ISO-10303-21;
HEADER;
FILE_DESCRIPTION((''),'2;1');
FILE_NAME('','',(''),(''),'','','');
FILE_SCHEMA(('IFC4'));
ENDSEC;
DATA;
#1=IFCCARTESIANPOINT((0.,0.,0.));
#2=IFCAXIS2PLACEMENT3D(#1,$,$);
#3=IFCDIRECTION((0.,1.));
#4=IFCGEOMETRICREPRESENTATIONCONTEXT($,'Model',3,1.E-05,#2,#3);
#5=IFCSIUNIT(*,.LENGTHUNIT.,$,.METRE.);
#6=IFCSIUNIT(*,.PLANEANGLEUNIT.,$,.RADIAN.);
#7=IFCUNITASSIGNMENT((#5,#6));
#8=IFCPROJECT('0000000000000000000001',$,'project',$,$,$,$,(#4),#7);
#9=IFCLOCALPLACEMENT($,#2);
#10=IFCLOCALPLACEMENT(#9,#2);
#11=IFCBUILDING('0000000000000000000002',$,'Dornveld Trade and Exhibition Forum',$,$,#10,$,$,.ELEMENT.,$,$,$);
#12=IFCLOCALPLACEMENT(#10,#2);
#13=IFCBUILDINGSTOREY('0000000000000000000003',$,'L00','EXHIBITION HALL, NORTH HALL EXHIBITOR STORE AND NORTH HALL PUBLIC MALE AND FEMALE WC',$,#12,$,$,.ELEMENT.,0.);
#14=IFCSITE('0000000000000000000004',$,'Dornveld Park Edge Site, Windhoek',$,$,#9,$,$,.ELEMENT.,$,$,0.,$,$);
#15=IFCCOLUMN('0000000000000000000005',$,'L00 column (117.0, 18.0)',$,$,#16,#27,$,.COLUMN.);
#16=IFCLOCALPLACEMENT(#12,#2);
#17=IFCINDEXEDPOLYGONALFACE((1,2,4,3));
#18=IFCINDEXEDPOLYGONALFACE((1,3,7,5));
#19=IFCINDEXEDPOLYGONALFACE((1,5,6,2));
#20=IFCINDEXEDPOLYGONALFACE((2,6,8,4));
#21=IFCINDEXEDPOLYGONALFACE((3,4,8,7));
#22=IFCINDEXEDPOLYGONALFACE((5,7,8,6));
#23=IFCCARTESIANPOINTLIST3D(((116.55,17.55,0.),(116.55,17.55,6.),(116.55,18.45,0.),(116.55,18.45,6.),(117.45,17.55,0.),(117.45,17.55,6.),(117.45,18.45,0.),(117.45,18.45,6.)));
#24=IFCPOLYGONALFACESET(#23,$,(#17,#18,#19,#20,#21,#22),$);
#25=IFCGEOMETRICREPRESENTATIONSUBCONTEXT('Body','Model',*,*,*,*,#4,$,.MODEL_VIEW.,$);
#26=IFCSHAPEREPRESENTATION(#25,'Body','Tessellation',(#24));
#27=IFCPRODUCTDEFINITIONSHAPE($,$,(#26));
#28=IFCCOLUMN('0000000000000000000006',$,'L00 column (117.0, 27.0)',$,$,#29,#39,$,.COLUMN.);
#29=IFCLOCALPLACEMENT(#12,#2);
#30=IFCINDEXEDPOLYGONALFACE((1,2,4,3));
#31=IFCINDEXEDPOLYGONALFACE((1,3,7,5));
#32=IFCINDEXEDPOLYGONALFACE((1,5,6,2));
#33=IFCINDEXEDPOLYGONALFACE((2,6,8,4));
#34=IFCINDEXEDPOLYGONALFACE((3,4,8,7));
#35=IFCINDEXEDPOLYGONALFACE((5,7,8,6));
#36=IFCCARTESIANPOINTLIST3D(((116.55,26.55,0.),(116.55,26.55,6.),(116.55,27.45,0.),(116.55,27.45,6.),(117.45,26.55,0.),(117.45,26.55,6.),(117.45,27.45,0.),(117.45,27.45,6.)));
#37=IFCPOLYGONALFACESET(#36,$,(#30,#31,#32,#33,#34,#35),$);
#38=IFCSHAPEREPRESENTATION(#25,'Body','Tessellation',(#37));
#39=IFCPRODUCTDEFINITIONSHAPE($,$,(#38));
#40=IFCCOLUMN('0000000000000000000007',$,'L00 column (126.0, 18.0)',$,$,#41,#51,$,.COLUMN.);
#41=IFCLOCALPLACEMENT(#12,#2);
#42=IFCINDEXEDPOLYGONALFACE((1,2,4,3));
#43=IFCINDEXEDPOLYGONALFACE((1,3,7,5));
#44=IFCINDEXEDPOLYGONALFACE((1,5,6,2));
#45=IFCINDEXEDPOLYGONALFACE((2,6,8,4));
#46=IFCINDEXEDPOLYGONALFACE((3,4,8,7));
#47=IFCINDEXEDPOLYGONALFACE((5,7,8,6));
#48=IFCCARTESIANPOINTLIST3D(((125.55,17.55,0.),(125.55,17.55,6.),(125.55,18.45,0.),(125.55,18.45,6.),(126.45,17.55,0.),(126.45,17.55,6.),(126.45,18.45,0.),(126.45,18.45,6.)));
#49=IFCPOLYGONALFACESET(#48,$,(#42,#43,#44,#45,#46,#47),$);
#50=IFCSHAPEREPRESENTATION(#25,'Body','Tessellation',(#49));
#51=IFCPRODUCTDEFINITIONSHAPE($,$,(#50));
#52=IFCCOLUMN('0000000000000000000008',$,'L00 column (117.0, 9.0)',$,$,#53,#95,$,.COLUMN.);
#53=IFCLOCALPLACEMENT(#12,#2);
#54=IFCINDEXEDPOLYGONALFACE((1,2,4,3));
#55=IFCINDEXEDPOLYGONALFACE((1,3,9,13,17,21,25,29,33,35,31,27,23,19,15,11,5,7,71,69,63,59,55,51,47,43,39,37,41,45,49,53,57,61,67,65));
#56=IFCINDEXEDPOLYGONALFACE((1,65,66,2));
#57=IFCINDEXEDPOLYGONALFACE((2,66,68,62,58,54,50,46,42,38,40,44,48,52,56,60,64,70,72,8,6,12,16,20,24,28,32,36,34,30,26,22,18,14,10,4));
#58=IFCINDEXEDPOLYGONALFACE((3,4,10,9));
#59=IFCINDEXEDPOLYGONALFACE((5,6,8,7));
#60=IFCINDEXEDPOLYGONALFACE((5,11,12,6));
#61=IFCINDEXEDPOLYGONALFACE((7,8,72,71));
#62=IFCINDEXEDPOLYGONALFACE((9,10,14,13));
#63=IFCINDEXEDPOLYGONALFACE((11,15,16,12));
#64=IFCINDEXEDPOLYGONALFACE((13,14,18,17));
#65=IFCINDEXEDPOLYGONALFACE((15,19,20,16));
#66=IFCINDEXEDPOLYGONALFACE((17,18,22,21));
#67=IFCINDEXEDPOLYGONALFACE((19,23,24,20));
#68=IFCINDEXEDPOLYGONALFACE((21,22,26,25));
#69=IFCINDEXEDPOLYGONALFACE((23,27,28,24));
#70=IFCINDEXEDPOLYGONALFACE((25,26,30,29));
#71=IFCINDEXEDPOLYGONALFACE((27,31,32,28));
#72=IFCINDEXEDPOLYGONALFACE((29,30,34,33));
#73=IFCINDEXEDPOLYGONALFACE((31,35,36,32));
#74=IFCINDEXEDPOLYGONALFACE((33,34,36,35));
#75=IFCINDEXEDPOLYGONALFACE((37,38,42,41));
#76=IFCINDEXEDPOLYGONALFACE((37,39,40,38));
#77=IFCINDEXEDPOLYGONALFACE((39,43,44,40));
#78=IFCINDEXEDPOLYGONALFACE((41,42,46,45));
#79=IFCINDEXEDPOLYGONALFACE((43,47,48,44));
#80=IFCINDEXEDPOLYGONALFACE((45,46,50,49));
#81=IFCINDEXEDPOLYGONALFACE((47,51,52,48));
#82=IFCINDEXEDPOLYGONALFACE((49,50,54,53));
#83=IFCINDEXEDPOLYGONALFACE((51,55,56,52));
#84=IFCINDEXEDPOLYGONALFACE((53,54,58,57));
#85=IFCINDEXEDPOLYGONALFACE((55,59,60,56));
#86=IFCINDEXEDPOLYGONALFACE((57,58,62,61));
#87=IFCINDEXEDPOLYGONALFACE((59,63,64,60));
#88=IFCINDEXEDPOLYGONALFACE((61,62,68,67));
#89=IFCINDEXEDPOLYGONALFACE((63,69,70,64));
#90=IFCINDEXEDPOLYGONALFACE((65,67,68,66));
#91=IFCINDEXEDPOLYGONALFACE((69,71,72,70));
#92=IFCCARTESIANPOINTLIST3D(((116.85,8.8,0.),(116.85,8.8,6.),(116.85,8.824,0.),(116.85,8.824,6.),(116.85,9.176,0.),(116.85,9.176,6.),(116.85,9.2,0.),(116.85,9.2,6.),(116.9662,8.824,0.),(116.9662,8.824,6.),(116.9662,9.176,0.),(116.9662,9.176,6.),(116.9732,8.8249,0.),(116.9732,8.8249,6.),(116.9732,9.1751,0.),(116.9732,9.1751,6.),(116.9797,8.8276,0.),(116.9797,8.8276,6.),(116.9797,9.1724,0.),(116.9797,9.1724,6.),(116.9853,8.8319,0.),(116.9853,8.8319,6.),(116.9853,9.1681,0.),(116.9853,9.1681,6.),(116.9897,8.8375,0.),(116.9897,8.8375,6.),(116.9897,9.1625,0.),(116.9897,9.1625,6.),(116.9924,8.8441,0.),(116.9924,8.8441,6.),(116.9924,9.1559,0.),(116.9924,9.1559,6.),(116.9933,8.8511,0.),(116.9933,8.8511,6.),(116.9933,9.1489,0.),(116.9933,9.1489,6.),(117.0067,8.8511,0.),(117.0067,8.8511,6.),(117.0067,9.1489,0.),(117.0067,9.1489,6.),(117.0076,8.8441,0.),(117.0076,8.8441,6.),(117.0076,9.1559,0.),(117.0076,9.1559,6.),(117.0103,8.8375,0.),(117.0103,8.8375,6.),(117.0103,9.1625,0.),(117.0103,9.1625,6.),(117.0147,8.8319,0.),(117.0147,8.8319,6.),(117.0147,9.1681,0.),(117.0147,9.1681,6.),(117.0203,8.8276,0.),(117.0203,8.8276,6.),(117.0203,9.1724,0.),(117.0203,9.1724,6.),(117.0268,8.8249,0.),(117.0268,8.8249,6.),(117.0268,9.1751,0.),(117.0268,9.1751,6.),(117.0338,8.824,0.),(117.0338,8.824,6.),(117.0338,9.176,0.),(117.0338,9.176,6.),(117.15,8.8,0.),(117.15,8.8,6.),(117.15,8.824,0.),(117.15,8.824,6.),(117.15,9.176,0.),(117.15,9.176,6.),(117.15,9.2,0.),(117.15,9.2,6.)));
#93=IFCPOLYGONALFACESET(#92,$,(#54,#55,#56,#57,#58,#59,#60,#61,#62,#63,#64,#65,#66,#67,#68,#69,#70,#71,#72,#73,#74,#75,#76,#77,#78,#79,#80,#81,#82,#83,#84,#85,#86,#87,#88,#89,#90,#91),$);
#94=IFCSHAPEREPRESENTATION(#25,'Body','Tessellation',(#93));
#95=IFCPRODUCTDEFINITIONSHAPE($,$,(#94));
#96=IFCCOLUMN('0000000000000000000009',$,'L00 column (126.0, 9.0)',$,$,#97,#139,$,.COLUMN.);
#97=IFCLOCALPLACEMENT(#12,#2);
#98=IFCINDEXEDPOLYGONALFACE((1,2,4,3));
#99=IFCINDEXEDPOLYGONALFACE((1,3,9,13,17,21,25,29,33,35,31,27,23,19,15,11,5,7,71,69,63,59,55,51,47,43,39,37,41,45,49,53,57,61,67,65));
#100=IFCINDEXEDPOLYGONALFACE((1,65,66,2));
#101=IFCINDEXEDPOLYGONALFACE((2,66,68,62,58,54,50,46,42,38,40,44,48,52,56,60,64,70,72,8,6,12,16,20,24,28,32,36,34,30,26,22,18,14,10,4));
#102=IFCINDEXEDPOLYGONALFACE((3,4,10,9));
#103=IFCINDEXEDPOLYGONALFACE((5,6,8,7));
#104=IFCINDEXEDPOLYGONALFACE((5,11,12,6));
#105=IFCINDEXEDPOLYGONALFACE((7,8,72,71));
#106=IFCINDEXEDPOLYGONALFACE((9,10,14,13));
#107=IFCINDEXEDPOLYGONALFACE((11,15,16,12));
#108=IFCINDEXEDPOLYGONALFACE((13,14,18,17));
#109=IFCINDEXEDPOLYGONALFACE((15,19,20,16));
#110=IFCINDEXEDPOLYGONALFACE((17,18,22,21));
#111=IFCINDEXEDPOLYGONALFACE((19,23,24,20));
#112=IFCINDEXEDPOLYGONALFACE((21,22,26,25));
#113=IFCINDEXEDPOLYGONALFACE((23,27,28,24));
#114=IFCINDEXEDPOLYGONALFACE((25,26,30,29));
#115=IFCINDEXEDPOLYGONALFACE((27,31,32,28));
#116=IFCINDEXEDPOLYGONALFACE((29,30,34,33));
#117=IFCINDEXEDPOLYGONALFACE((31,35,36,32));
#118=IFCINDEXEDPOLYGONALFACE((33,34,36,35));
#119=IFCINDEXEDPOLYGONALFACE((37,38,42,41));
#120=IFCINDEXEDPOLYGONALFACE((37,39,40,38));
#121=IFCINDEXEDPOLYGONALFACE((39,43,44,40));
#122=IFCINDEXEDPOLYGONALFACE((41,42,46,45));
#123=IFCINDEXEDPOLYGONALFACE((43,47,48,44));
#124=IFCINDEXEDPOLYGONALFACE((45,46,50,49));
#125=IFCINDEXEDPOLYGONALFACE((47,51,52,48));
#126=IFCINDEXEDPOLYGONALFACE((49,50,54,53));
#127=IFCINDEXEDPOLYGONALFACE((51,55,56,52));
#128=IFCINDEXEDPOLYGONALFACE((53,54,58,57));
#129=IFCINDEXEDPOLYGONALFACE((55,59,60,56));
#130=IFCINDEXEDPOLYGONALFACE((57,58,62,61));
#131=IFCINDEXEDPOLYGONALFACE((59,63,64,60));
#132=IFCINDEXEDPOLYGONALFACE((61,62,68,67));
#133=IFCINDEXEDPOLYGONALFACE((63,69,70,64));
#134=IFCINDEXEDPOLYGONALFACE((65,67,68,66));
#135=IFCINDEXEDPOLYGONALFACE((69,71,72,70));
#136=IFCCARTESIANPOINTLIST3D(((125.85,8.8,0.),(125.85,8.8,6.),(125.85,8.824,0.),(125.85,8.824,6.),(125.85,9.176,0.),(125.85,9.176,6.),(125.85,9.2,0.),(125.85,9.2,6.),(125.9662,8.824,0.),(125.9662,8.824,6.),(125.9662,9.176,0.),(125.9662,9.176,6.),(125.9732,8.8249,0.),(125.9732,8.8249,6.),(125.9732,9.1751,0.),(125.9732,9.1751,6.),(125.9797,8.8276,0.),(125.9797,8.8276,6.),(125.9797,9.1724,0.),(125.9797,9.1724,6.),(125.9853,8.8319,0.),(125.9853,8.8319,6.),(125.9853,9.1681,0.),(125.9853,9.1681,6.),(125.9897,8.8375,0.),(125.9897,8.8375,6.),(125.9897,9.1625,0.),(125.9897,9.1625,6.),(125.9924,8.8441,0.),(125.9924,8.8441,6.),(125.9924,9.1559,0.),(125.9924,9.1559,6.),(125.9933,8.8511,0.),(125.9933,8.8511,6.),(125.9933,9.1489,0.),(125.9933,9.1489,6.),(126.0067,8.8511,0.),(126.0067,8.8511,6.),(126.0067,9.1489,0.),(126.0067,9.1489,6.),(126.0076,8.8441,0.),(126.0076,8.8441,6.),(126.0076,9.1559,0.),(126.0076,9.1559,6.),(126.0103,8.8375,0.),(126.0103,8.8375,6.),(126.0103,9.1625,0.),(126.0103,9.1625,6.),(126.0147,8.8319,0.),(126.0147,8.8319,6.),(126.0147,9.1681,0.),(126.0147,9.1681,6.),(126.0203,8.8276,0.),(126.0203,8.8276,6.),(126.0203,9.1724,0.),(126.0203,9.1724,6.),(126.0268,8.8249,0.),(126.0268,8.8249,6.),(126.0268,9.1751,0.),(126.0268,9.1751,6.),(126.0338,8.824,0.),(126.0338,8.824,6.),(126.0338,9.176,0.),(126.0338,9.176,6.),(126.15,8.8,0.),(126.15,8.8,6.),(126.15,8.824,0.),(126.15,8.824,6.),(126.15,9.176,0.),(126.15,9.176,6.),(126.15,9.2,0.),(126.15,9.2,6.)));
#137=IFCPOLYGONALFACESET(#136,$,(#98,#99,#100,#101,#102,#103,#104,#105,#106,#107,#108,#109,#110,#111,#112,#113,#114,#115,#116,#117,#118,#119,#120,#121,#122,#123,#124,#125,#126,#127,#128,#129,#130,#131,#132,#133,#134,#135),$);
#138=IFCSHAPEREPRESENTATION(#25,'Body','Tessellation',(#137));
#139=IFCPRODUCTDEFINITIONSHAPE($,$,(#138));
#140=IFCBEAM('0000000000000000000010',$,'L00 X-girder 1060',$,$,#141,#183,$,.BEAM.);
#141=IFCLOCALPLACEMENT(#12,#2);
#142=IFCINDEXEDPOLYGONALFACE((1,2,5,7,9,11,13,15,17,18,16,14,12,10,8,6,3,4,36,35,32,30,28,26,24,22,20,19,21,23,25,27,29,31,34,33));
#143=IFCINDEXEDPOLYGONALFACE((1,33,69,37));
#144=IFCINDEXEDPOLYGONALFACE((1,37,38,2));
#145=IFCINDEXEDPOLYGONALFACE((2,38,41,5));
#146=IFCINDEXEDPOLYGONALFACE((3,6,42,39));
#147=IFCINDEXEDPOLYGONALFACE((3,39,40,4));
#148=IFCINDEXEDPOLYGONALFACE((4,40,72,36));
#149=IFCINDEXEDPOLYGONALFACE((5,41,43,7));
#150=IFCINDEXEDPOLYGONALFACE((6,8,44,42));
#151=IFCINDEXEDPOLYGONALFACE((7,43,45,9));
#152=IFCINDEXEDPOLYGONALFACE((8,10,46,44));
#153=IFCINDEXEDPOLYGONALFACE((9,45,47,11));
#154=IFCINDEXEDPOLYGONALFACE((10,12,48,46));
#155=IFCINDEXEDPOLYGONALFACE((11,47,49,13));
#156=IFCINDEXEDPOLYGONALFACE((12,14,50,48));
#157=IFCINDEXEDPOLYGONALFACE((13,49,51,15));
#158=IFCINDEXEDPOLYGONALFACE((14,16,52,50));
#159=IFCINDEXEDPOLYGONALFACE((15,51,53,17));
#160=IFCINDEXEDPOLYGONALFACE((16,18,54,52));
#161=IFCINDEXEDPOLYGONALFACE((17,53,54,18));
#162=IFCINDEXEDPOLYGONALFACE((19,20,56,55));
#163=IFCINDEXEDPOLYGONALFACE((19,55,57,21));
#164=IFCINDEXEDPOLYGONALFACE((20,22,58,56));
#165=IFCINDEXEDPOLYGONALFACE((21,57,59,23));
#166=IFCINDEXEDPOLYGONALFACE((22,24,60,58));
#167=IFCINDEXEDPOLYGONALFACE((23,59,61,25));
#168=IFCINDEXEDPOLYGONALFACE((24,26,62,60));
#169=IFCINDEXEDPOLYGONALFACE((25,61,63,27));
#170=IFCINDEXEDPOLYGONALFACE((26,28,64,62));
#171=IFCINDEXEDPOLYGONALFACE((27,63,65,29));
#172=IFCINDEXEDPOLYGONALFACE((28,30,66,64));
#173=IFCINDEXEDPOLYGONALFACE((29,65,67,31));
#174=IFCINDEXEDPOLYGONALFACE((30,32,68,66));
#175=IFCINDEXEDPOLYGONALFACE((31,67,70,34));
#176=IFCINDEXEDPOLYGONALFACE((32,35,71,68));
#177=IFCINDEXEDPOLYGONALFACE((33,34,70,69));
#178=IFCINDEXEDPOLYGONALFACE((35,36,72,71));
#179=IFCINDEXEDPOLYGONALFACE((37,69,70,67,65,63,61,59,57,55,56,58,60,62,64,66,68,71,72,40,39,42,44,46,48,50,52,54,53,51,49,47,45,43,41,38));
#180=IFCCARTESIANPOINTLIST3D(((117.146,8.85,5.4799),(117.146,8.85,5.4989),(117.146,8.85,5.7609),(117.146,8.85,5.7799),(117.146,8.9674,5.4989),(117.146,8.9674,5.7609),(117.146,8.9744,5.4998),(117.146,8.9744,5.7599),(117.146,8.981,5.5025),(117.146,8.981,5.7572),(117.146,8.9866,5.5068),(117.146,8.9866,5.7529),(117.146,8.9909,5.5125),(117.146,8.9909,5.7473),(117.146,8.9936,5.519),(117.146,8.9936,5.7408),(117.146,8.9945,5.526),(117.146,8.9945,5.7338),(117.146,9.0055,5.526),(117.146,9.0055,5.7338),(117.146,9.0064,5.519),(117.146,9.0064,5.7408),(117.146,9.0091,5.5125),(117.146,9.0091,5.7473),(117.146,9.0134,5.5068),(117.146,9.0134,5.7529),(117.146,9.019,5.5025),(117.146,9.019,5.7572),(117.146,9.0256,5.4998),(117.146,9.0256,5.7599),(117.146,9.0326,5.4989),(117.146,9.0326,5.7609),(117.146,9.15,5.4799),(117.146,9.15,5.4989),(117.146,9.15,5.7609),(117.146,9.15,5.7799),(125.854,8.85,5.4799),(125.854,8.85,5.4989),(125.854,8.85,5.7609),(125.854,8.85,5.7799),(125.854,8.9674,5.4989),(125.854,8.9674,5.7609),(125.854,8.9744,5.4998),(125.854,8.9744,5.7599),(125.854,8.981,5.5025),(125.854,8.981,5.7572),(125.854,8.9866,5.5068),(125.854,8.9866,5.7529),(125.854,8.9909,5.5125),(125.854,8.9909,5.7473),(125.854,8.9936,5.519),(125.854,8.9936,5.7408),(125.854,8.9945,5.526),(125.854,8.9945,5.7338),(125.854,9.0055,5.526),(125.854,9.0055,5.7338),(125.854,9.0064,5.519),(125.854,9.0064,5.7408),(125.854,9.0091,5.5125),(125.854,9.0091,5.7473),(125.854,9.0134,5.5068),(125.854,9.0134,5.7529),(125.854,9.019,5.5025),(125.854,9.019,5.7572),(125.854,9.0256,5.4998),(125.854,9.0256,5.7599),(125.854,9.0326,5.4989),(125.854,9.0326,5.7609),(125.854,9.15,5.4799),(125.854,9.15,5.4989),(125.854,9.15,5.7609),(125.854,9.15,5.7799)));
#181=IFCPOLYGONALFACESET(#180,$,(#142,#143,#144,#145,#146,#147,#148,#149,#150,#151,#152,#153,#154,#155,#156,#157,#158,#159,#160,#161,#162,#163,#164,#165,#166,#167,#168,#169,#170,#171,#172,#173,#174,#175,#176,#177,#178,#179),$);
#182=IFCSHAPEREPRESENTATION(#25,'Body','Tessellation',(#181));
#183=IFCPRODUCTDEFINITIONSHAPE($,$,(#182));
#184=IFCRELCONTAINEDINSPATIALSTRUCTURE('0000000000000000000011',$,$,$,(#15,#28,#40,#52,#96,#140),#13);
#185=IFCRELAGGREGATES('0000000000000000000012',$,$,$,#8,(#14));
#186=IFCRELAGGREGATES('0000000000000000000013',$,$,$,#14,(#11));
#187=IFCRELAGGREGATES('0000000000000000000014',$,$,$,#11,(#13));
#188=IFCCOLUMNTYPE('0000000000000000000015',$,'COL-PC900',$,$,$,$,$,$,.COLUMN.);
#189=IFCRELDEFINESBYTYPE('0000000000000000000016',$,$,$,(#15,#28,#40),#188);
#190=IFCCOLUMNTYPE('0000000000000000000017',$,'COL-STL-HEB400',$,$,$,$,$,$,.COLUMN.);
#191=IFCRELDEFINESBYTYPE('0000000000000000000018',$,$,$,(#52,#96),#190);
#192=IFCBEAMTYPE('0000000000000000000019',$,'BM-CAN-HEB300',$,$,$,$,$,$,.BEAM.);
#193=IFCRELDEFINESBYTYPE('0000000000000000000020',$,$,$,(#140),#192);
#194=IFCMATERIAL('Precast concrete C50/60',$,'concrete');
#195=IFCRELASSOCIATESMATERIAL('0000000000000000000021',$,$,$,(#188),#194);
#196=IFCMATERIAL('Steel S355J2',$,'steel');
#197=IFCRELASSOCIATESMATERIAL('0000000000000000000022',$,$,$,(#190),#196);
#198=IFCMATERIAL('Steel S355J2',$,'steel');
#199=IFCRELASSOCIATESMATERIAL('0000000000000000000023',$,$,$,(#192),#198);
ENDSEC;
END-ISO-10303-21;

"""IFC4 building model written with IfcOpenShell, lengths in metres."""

from ifc_helpers import new_model, si_unit, direction, frame, origin, origin_2d, place, context, subcontext, project, spatial, rectangle, i_section, extrude, material, material_profile, profile_set, type_object, element, save


model = new_model("IFC4")

# Units and contexts
model_context = context("Model", 3, precision=1e-05, world=origin(), true_north=direction((0.0, 1.0)))
body_context = subcontext(model_context, "Body", "Model", "MODEL_VIEW")
ifc_project = project(units=[si_unit("LENGTHUNIT", "METRE"), si_unit("PLANEANGLEUNIT", "RADIAN")], contexts=[model_context])

# Site, building, storey
site_placement = place(None, origin())
site = spatial("IfcSite", under=ifc_project, at=site_placement, Name="Dornveld Park Edge Site, Windhoek", CompositionType="ELEMENT", RefElevation=0.0)
building_placement = place(site_placement, origin())
building = spatial("IfcBuilding", under=site, at=building_placement, Name="Dornveld Trade and Exhibition Forum", CompositionType="ELEMENT")
storey_placement = place(building_placement, origin())
storey = spatial("IfcBuildingStorey", under=building, at=storey_placement, Name="L00", Description="EXHIBITION HALL, NORTH HALL EXHIBITOR STORE AND NORTH HALL PUBLIC MALE AND FEMALE WC", CompositionType="ELEMENT", Elevation=0.0)

# Columns
ifc_material_1 = material(Name="Precast concrete C50/60", Category="concrete")
ifc_material_profile_1 = material_profile(ifc_material_1, rectangle(XDim=0.8999, YDim=0.8999, at=origin_2d()), Name="PC-COL 900x900")
ifc_profile_set_1 = profile_set([ifc_material_profile_1], Name="Precast concrete C50/60")
column_type_1 = type_object("IfcColumnType", Name="COL-PC900", PredefinedType="COLUMN", material=ifc_profile_set_1)
for number, where, z_axis, x_axis, name in (
    (1, (117.0, 18.0, 0.0), (0.0, 0.0, 1.0), (1.0, 0.0, 0.0), "L00 column (117.0, 18.0)"),
    (2, (117.0, 27.0, 0.0), (0.0, 0.0, 1.0), (1.0, 0.0, 0.0), "L00 column (117.0, 27.0)"),
    (3, (126.0, 18.0, 0.0), (0.0, 0.0, 1.0), (1.0, 0.0, 0.0), "L00 column (126.0, 18.0)"),
):
    element("IfcColumn", number, at=place(storey_placement, frame(where, z_axis=z_axis, x_axis=x_axis)), inside=storey, type_object=column_type_1, Name=name, PredefinedType="COLUMN", context=body_context, shape_type="SweptSolid", body=[
        extrude(rectangle(XDim=0.8999, YDim=0.8999, at=origin_2d()), origin(), (0.0, 0.0, 1.0), 6.0),
    ])
ifc_material_2 = material(Name="Steel S355J2", Category="steel")
ifc_material_profile_2 = material_profile(ifc_material_2, i_section(OverallWidth=0.3, OverallDepth=0.3999, WebThickness=0.0134, FlangeThickness=0.0239, FilletRadius=0.0271, at=origin_2d()), Name="HEB 400")
ifc_profile_set_2 = profile_set([ifc_material_profile_2], Name="Steel S355J2")
column_type_2 = type_object("IfcColumnType", Name="COL-STL-HEB400", PredefinedType="COLUMN", material=ifc_profile_set_2)
for number, where, z_axis, x_axis, name in (
    (4, (117.0, 9.0, 0.0), (0.0, 0.0, 1.0), (1.0, 0.0, 0.0), "L00 column (117.0, 9.0)"),
    (5, (126.0, 9.0, 0.0), (0.0, 0.0, 1.0), (1.0, 0.0, 0.0), "L00 column (126.0, 9.0)"),
):
    element("IfcColumn", number, at=place(storey_placement, frame(where, z_axis=z_axis, x_axis=x_axis)), inside=storey, type_object=column_type_2, Name=name, PredefinedType="COLUMN", context=body_context, shape_type="SweptSolid", body=[
        extrude(i_section(OverallWidth=0.3, OverallDepth=0.3999, WebThickness=0.0134, FlangeThickness=0.0239, FilletRadius=0.0271, at=origin_2d()), origin(), (0.0, 0.0, 1.0), 6.0),
    ])

# Beam
ifc_material_3 = material(Name="Steel S355J2", Category="steel")
ifc_material_profile_3 = material_profile(ifc_material_3, i_section(OverallWidth=0.3, OverallDepth=0.3, WebThickness=0.011, FlangeThickness=0.019, FilletRadius=0.0271, at=origin_2d()), Name="HEB 300")
ifc_profile_set_3 = profile_set([ifc_material_profile_3], Name="Steel S355J2")
beam_type_1 = type_object("IfcBeamType", Name="BM-CAN-HEB300", PredefinedType="BEAM", material=ifc_profile_set_3)
for number, where, z_axis, x_axis, name in (
    (6, (117.146, 9.0, 5.6299), (1.0, 0.0, 0.0), (0.0, 1.0, 0.0), "L00 X-girder 1060"),
):
    element("IfcBeam", number, at=place(storey_placement, frame(where, z_axis=z_axis, x_axis=x_axis)), inside=storey, type_object=beam_type_1, Name=name, PredefinedType="BEAM", context=body_context, shape_type="SweptSolid", body=[
        extrude(i_section(OverallWidth=0.3, OverallDepth=0.3, WebThickness=0.011, FlangeThickness=0.019, FilletRadius=0.0271, at=origin_2d()), origin(), (0.0, 0.0, 1.0), 8.708),
    ])

save(model, "model.ifc")
